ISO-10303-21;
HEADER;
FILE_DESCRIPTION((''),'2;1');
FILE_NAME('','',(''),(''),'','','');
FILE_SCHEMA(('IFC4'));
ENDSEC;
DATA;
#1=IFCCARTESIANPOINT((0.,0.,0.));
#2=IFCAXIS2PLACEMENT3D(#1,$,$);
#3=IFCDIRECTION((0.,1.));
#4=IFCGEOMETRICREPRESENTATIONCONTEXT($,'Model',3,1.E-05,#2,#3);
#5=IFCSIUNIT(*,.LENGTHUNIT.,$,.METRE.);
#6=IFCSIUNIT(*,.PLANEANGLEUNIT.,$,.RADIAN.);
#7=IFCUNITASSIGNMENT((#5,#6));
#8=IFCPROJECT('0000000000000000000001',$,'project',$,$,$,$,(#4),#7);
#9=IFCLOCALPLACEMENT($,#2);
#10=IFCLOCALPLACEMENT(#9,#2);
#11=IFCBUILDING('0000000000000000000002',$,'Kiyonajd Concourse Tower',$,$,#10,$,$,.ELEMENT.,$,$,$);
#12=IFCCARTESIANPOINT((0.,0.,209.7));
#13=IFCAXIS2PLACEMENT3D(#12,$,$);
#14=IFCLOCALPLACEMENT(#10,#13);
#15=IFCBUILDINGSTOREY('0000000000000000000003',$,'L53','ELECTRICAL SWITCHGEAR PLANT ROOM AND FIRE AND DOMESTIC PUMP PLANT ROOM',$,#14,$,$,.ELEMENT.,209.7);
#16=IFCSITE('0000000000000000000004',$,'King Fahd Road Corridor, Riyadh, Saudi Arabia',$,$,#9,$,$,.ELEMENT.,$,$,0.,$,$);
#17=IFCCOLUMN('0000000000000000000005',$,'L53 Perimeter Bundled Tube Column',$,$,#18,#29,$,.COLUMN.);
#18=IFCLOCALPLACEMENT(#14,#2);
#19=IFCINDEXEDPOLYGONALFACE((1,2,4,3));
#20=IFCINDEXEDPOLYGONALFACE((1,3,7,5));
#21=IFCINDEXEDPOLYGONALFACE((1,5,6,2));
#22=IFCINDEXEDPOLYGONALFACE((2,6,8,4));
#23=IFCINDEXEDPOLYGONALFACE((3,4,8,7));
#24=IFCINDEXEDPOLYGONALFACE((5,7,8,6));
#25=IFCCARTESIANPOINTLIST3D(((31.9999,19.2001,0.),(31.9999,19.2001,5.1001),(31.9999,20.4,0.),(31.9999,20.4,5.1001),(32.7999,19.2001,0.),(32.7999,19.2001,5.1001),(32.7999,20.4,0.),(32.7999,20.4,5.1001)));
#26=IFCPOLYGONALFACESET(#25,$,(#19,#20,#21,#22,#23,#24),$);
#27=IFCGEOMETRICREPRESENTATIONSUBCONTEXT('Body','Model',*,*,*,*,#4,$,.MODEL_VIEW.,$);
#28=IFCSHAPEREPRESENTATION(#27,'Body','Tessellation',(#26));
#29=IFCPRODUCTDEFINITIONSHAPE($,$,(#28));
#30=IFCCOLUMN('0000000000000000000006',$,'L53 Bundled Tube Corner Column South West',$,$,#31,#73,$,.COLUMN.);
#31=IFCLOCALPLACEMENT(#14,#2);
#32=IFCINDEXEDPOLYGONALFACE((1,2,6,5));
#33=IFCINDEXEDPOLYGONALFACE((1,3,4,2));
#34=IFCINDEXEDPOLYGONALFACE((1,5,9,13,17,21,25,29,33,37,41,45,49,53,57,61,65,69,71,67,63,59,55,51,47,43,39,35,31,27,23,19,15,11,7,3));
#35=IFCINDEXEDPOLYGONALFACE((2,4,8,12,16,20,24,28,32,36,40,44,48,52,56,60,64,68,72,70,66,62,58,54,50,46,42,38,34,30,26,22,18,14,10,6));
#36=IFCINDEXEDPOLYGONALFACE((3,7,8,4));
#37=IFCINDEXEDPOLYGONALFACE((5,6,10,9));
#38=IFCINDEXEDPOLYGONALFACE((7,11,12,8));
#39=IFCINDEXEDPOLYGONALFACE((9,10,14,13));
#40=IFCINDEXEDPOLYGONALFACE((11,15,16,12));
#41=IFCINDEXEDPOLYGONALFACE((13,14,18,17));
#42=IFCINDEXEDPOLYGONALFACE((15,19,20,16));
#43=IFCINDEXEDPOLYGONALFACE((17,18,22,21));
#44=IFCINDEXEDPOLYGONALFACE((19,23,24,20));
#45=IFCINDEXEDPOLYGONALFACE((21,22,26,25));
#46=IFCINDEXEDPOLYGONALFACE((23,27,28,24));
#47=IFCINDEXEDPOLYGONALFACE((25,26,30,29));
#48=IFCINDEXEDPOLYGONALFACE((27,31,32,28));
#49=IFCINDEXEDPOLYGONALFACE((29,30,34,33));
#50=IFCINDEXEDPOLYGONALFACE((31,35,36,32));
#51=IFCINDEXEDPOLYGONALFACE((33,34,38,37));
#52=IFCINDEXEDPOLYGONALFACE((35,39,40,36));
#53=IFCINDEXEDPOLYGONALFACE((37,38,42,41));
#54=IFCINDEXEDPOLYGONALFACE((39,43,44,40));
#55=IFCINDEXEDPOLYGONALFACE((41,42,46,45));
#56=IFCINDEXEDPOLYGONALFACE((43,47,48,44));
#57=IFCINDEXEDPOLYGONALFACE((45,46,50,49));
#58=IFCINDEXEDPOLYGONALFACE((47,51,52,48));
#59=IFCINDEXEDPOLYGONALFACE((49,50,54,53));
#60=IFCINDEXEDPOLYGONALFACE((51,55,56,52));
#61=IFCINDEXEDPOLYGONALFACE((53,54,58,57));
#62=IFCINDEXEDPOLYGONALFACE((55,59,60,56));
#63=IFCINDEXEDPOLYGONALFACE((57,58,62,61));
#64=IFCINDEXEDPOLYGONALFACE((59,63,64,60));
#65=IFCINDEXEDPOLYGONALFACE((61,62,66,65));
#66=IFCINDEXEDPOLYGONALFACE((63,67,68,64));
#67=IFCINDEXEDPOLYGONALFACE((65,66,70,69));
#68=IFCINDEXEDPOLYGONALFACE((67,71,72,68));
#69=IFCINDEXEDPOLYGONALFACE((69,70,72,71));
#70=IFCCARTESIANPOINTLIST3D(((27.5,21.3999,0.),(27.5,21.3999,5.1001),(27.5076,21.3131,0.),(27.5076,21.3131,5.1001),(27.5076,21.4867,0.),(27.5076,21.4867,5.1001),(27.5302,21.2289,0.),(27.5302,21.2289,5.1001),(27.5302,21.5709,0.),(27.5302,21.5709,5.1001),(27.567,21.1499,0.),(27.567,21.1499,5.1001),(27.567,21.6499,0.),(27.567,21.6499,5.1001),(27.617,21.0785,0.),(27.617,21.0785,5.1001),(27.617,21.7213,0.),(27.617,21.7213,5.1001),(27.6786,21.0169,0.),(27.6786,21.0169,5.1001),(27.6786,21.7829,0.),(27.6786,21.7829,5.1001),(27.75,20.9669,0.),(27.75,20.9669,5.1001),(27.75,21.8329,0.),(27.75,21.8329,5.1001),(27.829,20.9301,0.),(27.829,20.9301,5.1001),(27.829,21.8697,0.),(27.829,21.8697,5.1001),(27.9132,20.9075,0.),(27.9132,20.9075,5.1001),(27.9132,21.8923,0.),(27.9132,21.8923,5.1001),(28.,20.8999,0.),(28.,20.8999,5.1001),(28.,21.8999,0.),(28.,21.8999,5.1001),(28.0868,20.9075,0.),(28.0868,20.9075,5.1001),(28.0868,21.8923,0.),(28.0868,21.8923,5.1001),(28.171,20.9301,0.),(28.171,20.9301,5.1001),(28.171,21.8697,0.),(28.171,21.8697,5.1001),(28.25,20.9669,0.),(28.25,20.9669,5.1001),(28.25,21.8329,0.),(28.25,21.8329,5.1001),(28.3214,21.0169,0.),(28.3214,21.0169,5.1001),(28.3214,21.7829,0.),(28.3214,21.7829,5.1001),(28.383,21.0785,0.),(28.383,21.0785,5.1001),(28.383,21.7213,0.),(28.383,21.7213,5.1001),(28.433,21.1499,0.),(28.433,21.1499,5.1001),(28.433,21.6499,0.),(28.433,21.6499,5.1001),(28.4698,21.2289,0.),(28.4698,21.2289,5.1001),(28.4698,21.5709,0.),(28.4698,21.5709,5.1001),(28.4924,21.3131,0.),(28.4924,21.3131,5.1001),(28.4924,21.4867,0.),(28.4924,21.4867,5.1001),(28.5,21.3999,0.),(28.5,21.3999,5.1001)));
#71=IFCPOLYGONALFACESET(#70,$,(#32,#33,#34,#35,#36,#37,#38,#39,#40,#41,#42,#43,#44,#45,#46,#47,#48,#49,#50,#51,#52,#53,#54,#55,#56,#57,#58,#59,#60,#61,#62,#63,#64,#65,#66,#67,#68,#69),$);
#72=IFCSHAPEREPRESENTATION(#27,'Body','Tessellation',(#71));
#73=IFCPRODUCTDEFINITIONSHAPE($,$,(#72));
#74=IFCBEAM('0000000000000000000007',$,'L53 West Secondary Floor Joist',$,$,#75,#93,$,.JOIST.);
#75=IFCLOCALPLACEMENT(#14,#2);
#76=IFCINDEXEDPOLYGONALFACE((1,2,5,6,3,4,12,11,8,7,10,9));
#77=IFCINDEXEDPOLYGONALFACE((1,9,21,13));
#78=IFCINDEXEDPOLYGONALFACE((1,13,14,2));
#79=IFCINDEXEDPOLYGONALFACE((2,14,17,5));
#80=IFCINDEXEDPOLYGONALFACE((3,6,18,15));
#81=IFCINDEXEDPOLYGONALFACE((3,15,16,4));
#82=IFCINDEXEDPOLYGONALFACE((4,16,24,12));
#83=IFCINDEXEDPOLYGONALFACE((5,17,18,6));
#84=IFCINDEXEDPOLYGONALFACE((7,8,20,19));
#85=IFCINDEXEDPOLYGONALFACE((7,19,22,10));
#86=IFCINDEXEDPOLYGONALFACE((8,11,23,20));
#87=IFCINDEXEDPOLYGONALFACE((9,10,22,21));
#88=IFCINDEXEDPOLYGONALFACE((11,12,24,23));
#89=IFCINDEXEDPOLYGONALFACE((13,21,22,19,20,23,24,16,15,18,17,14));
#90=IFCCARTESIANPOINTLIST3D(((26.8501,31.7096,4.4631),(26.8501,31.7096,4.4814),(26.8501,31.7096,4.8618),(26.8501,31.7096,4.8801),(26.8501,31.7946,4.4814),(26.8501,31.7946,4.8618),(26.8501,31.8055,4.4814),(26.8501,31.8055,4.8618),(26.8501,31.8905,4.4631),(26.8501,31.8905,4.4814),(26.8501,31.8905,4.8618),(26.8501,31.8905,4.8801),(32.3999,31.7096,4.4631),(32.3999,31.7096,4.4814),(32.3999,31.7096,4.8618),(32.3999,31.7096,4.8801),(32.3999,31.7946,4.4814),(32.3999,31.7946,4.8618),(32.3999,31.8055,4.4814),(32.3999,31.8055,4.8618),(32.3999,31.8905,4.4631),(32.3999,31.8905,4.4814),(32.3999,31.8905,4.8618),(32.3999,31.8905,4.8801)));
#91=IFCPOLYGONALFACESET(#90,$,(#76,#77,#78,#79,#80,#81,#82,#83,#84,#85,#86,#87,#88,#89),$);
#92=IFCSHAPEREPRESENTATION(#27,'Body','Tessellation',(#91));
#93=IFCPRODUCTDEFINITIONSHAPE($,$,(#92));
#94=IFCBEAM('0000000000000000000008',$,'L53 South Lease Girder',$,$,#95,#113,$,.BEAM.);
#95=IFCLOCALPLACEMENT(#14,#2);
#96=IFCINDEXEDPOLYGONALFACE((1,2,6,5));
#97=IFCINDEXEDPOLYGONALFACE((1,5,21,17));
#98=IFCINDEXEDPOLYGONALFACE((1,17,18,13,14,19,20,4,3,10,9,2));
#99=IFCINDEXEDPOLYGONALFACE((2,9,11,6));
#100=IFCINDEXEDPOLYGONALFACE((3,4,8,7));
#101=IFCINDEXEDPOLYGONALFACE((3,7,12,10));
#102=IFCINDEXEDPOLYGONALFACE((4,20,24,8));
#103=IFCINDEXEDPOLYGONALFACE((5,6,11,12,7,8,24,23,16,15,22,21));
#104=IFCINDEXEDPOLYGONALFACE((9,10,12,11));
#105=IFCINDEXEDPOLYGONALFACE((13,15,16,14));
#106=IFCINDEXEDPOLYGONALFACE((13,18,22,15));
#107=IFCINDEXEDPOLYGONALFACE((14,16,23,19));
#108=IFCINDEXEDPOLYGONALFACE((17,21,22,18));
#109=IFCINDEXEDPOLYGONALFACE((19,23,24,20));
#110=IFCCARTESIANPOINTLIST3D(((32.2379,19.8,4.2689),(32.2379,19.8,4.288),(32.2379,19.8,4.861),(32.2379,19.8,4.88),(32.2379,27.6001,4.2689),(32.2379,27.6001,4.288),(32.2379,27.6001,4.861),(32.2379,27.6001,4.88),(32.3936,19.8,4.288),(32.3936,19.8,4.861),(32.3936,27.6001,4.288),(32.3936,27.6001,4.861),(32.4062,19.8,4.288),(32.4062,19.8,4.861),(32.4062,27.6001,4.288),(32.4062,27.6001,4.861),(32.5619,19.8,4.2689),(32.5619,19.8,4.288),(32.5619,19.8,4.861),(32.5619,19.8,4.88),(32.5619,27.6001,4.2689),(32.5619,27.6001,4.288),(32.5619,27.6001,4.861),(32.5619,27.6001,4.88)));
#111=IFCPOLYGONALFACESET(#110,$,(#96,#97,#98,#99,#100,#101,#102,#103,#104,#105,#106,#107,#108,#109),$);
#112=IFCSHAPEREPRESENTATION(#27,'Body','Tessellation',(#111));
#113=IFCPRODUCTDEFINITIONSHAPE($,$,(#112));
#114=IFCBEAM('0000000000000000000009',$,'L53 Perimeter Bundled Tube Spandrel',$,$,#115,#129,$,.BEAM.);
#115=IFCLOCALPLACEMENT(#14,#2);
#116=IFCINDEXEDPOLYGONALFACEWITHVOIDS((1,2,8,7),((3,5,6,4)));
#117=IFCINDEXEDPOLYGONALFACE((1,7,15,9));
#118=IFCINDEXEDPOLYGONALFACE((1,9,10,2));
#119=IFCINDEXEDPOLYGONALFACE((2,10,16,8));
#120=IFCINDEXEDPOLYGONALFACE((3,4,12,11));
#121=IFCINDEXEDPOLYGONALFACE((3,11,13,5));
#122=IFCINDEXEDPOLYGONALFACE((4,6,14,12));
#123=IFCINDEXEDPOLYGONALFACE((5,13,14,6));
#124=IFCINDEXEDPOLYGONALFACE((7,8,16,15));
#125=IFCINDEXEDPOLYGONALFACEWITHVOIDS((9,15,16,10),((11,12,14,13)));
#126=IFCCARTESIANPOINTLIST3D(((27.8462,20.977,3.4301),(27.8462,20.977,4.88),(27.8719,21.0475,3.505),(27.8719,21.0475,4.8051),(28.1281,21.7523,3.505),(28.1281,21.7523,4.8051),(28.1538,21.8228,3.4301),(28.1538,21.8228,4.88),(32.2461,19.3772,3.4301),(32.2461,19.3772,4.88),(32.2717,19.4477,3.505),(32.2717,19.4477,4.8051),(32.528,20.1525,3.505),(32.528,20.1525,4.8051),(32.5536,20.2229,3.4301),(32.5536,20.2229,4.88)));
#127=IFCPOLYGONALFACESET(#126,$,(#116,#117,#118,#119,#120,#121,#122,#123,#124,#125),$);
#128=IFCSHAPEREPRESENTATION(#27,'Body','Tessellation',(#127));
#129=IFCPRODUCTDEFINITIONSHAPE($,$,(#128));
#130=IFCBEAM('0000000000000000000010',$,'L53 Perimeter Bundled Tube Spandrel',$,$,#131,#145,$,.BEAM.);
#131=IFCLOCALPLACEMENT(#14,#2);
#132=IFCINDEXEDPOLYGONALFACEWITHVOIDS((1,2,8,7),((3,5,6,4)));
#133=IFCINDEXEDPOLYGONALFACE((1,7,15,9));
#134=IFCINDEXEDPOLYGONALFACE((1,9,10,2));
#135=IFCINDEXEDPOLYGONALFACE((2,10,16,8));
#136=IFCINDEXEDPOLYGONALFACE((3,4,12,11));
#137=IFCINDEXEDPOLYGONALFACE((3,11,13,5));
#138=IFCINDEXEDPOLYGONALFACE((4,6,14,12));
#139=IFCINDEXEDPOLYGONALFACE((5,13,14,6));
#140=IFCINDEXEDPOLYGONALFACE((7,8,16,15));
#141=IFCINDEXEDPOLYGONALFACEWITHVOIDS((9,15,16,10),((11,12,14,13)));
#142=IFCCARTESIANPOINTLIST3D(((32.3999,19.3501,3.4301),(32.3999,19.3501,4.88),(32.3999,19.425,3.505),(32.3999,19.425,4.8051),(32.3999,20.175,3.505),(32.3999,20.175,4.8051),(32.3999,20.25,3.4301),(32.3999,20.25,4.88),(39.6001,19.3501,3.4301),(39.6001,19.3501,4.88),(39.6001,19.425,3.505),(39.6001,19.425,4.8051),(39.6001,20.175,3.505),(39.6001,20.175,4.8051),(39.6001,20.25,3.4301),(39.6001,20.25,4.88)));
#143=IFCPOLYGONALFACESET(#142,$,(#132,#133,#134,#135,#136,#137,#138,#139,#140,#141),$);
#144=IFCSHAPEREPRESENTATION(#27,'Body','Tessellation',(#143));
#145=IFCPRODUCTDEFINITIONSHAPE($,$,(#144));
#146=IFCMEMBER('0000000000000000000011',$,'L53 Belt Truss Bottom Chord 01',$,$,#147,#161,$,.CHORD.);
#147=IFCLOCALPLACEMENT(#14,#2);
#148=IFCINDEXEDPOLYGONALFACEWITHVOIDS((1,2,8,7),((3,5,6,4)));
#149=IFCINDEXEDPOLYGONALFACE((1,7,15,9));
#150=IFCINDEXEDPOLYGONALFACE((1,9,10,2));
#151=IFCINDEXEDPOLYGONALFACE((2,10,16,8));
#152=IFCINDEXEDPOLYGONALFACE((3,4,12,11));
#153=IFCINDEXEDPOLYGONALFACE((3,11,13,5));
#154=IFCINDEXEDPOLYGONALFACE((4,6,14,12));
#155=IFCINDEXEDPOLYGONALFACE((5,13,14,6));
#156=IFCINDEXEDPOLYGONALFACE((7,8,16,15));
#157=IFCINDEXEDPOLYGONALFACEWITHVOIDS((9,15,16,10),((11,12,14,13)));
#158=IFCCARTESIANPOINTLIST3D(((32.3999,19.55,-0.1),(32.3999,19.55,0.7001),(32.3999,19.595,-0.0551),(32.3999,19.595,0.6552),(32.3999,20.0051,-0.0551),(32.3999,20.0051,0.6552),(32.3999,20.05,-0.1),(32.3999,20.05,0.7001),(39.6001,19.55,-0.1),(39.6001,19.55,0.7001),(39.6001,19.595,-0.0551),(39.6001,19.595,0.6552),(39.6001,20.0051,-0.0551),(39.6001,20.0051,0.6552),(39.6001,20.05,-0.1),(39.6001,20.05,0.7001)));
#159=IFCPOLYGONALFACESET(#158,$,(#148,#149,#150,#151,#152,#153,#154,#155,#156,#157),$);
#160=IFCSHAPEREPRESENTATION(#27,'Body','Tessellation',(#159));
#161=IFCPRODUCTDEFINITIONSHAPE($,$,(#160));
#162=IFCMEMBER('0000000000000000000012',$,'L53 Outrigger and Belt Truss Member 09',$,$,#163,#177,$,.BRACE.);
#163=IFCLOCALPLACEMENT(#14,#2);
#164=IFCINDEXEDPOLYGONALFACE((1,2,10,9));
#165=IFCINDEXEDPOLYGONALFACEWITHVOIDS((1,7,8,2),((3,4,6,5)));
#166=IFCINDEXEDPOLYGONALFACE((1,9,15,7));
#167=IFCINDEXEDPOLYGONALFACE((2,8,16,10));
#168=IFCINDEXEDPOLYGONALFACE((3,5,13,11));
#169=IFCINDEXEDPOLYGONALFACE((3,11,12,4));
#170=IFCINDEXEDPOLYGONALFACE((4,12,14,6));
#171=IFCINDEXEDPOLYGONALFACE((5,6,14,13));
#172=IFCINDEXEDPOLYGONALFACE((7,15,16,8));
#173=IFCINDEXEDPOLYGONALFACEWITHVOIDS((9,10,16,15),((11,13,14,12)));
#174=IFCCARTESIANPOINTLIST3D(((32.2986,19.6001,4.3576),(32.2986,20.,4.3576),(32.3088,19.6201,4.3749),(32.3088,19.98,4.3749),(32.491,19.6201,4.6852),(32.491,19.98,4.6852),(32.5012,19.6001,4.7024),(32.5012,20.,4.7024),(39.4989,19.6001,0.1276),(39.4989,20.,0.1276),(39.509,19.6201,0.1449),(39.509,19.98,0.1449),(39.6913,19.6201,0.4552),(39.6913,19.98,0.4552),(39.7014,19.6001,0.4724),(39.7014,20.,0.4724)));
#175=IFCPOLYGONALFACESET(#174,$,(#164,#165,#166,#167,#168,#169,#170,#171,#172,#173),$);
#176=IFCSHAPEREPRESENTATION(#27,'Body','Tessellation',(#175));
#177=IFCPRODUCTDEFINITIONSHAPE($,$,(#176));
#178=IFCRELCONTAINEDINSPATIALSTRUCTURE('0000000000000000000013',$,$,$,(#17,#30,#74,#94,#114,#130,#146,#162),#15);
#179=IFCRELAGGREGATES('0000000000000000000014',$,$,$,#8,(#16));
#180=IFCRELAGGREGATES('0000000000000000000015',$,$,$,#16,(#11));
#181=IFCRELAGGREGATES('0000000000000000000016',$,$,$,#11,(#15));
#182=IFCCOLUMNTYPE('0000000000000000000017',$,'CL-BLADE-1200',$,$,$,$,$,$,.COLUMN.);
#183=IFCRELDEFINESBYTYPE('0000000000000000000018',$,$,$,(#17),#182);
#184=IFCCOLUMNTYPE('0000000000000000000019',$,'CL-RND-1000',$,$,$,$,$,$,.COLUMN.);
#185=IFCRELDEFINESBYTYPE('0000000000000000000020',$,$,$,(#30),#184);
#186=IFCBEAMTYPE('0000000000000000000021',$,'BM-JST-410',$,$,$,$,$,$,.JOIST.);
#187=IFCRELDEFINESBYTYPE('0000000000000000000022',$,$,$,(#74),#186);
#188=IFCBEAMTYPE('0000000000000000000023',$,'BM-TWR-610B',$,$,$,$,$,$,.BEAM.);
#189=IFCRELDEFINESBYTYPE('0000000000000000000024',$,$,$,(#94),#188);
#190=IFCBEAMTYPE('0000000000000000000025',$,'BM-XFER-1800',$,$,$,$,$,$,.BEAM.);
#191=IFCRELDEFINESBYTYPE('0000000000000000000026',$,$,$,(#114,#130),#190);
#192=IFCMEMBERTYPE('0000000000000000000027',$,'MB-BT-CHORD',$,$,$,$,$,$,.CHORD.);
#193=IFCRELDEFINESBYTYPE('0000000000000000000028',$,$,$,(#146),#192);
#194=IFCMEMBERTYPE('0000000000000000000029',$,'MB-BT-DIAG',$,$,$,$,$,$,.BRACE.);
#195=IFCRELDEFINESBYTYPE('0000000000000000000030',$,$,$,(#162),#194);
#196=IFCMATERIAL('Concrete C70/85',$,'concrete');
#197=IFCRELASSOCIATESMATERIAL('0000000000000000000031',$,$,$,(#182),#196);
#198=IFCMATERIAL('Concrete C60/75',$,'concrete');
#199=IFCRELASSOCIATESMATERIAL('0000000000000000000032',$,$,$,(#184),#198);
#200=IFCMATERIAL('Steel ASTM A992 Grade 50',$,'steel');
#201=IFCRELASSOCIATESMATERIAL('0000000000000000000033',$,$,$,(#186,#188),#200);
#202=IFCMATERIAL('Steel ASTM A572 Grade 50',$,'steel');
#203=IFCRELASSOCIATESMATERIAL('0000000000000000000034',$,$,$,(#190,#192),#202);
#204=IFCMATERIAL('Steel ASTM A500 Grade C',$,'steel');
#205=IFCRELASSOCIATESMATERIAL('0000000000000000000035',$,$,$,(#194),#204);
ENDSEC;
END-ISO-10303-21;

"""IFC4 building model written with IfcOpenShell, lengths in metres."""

from ifc_helpers import new_model, si_unit, direction, frame, origin, origin_2d, place, context, subcontext, project, spatial, rectangle, hollow_rectangle, circle, i_section, extrude, material, material_profile, profile_set, type_object, element, save


model = new_model("IFC4")

# Units and contexts
model_context = context("Model", 3, precision=1e-05, world=origin(), true_north=direction((0.0, 1.0)))
body_context = subcontext(model_context, "Body", "Model", "MODEL_VIEW")
ifc_project = project(units=[si_unit("LENGTHUNIT", "METRE"), si_unit("PLANEANGLEUNIT", "RADIAN")], contexts=[model_context])

# Site, building, storey
site_placement = place(None, origin())
site = spatial("IfcSite", under=ifc_project, at=site_placement, Name="King Fahd Road Corridor, Riyadh, Saudi Arabia", CompositionType="ELEMENT", RefElevation=0.0)
building_placement = place(site_placement, origin())
building = spatial("IfcBuilding", under=site, at=building_placement, Name="Kiyonajd Concourse Tower", CompositionType="ELEMENT")
storey_placement = place(building_placement, frame((0.0, 0.0, 209.7)))
storey = spatial("IfcBuildingStorey", under=building, at=storey_placement, Name="L53", Description="ELECTRICAL SWITCHGEAR PLANT ROOM AND FIRE AND DOMESTIC PUMP PLANT ROOM", CompositionType="ELEMENT", Elevation=209.7)

# Columns
ifc_material_1 = material(Name="Concrete C70/85", Category="concrete")
ifc_material_profile_1 = material_profile(ifc_material_1, rectangle(XDim=0.8, YDim=1.2, at=origin_2d()), Name="RC-1200x800")
ifc_profile_set_1 = profile_set([ifc_material_profile_1], Name="Concrete C70/85")
column_type_1 = type_object("IfcColumnType", Name="CL-BLADE-1200", PredefinedType="COLUMN", material=ifc_profile_set_1)
column_1_placement = place(storey_placement, frame((32.3999, 19.8, 0.0), z_axis=(0.0, 0.0, 1.0), x_axis=(1.0, 0.0, 0.0)))
element("IfcColumn", 1, at=column_1_placement, inside=storey, type_object=column_type_1, Name="L53 Perimeter Bundled Tube Column", PredefinedType="COLUMN", context=body_context, shape_type="SweptSolid", body=[
    extrude(rectangle(XDim=0.8, YDim=1.2, at=origin_2d()), origin(), (0.0, 0.0, 1.0), 5.1001),
])
ifc_material_2 = material(Name="Concrete C60/75", Category="concrete")
ifc_material_profile_2 = material_profile(ifc_material_2, circle(Radius=0.5, at=origin_2d()), Name="RCC-D1000")
ifc_profile_set_2 = profile_set([ifc_material_profile_2], Name="Concrete C60/75")
column_type_2 = type_object("IfcColumnType", Name="CL-RND-1000", PredefinedType="COLUMN", material=ifc_profile_set_2)
column_2_placement = place(storey_placement, frame((28.0, 21.3999, 0.0), z_axis=(0.0, 0.0, 1.0), x_axis=(1.0, 0.0, 0.0)))
element("IfcColumn", 2, at=column_2_placement, inside=storey, type_object=column_type_2, Name="L53 Bundled Tube Corner Column South West", PredefinedType="COLUMN", context=body_context, shape_type="SweptSolid", body=[
    extrude(circle(Radius=0.5, at=origin_2d()), origin(), (0.0, 0.0, 1.0), 5.1001),
])

# Beams
ifc_material_3 = material(Name="Steel ASTM A992 Grade 50", Category="steel")
ifc_material_profile_3 = material_profile(ifc_material_3, i_section(OverallWidth=0.1809, OverallDepth=0.417, WebThickness=0.011, FlangeThickness=0.0183, at=origin_2d()), Name="W410X85")
ifc_profile_set_3 = profile_set([ifc_material_profile_3], Name="Steel ASTM A992 Grade 50")
beam_type_1 = type_object("IfcBeamType", Name="BM-JST-410", PredefinedType="JOIST", material=ifc_profile_set_3)
beam_1_placement = place(storey_placement, frame((26.8501, 31.8, 4.6716), z_axis=(1.0, 0.0, 0.0), x_axis=(0.0, 1.0, 0.0)))
element("IfcBeam", 3, at=beam_1_placement, inside=storey, type_object=beam_type_1, Name="L53 West Secondary Floor Joist", PredefinedType="JOIST", context=body_context, shape_type="SweptSolid", body=[
    extrude(i_section(OverallWidth=0.1809, OverallDepth=0.417, WebThickness=0.011, FlangeThickness=0.0183, at=origin_2d()), origin(), (0.0, 0.0, 1.0), 5.5498),
])
ifc_material_profile_4 = material_profile(ifc_material_3, i_section(OverallWidth=0.324, OverallDepth=0.6111, WebThickness=0.0127, FlangeThickness=0.019, at=origin_2d()), Name="W610X155")
ifc_profile_set_4 = profile_set([ifc_material_profile_4], Name="Steel ASTM A992 Grade 50")
beam_type_2 = type_object("IfcBeamType", Name="BM-TWR-610B", PredefinedType="BEAM", material=ifc_profile_set_4)
beam_2_placement = place(storey_placement, frame((32.3999, 19.8, 4.5745), z_axis=(0.0, 1.0, 0.0), x_axis=(-1.0, 0.0, 0.0)))
element("IfcBeam", 4, at=beam_2_placement, inside=storey, type_object=beam_type_2, Name="L53 South Lease Girder", PredefinedType="BEAM", context=body_context, shape_type="SweptSolid", body=[
    extrude(i_section(OverallWidth=0.324, OverallDepth=0.6111, WebThickness=0.0127, FlangeThickness=0.019, at=origin_2d()), origin(), (0.0, 0.0, 1.0), 7.8),
])
ifc_material_4 = material(Name="Steel ASTM A572 Grade 50", Category="steel")
ifc_material_profile_5 = material_profile(ifc_material_4, hollow_rectangle(XDim=0.8999, YDim=1.45, WallThickness=0.075, at=origin_2d()), Name="BOX-1450x900x75")
ifc_profile_set_5 = profile_set([ifc_material_profile_5], Name="Steel ASTM A572 Grade 50")
beam_type_3 = type_object("IfcBeamType", Name="BM-XFER-1800", PredefinedType="BEAM", material=ifc_profile_set_5)
beam_3_placement = place(storey_placement, frame((28.0, 21.3999, 4.155), z_axis=(0.939801, -0.341722, 0.0), x_axis=(0.341722, 0.939801, 0.0)))
element("IfcBeam", 5, at=beam_3_placement, inside=storey, type_object=beam_type_3, Name="L53 Perimeter Bundled Tube Spandrel", PredefinedType="BEAM", context=body_context, shape_type="SweptSolid", body=[
    extrude(hollow_rectangle(XDim=0.8999, YDim=1.45, WallThickness=0.075, at=origin_2d()), origin(), (0.0, 0.0, 1.0), 4.6816),
])
beam_4_placement = place(storey_placement, frame((32.3999, 19.8, 4.155), z_axis=(1.0, 0.0, 0.0), x_axis=(0.0, 1.0, 0.0)))
element("IfcBeam", 6, at=beam_4_placement, inside=storey, type_object=beam_type_3, Name="L53 Perimeter Bundled Tube Spandrel", PredefinedType="BEAM", context=body_context, shape_type="SweptSolid", body=[
    extrude(hollow_rectangle(XDim=0.8999, YDim=1.45, WallThickness=0.075, at=origin_2d()), origin(), (0.0, 0.0, 1.0), 7.2002),
])

# Members
ifc_material_profile_6 = material_profile(ifc_material_4, hollow_rectangle(XDim=0.5, YDim=0.8, WallThickness=0.0449, at=origin_2d()), Name="BOX-800x500x45")
ifc_profile_set_6 = profile_set([ifc_material_profile_6], Name="Steel ASTM A572 Grade 50")
member_type_1 = type_object("IfcMemberType", Name="MB-BT-CHORD", PredefinedType="CHORD", material=ifc_profile_set_6)
member_1_placement = place(storey_placement, frame((32.3999, 19.8, 0.3), z_axis=(1.0, 0.0, 0.0), x_axis=(0.0, 1.0, 0.0)))
element("IfcMember", 7, at=member_1_placement, inside=storey, type_object=member_type_1, Name="L53 Belt Truss Bottom Chord 01", PredefinedType="CHORD", context=body_context, shape_type="SweptSolid", body=[
    extrude(hollow_rectangle(XDim=0.5, YDim=0.8, WallThickness=0.0449, at=origin_2d()), origin(), (0.0, 0.0, 1.0), 7.2002),
])
ifc_material_5 = material(Name="Steel ASTM A500 Grade C", Category="steel")
ifc_material_profile_7 = material_profile(ifc_material_5, hollow_rectangle(XDim=0.3999, YDim=0.3999, WallThickness=0.02, at=origin_2d()), Name="HSS-400x400x20")
ifc_profile_set_7 = profile_set([ifc_material_profile_7], Name="Steel ASTM A500 Grade C")
member_type_2 = type_object("IfcMemberType", Name="MB-BT-DIAG", PredefinedType="BRACE", material=ifc_profile_set_7)
member_2_placement = place(storey_placement, frame((32.3999, 19.8, 4.53), z_axis=(0.862218, 0.0, -0.506537), x_axis=(0.0, 1.0, 0.0)))
element("IfcMember", 8, at=member_2_placement, inside=storey, type_object=member_type_2, Name="L53 Outrigger and Belt Truss Member 09", PredefinedType="BRACE", context=body_context, shape_type="SweptSolid", body=[
    extrude(hollow_rectangle(XDim=0.3999, YDim=0.3999, WallThickness=0.02, at=origin_2d()), origin(), (0.0, 0.0, 1.0), 8.3508),
])

save(model, "model.ifc")
